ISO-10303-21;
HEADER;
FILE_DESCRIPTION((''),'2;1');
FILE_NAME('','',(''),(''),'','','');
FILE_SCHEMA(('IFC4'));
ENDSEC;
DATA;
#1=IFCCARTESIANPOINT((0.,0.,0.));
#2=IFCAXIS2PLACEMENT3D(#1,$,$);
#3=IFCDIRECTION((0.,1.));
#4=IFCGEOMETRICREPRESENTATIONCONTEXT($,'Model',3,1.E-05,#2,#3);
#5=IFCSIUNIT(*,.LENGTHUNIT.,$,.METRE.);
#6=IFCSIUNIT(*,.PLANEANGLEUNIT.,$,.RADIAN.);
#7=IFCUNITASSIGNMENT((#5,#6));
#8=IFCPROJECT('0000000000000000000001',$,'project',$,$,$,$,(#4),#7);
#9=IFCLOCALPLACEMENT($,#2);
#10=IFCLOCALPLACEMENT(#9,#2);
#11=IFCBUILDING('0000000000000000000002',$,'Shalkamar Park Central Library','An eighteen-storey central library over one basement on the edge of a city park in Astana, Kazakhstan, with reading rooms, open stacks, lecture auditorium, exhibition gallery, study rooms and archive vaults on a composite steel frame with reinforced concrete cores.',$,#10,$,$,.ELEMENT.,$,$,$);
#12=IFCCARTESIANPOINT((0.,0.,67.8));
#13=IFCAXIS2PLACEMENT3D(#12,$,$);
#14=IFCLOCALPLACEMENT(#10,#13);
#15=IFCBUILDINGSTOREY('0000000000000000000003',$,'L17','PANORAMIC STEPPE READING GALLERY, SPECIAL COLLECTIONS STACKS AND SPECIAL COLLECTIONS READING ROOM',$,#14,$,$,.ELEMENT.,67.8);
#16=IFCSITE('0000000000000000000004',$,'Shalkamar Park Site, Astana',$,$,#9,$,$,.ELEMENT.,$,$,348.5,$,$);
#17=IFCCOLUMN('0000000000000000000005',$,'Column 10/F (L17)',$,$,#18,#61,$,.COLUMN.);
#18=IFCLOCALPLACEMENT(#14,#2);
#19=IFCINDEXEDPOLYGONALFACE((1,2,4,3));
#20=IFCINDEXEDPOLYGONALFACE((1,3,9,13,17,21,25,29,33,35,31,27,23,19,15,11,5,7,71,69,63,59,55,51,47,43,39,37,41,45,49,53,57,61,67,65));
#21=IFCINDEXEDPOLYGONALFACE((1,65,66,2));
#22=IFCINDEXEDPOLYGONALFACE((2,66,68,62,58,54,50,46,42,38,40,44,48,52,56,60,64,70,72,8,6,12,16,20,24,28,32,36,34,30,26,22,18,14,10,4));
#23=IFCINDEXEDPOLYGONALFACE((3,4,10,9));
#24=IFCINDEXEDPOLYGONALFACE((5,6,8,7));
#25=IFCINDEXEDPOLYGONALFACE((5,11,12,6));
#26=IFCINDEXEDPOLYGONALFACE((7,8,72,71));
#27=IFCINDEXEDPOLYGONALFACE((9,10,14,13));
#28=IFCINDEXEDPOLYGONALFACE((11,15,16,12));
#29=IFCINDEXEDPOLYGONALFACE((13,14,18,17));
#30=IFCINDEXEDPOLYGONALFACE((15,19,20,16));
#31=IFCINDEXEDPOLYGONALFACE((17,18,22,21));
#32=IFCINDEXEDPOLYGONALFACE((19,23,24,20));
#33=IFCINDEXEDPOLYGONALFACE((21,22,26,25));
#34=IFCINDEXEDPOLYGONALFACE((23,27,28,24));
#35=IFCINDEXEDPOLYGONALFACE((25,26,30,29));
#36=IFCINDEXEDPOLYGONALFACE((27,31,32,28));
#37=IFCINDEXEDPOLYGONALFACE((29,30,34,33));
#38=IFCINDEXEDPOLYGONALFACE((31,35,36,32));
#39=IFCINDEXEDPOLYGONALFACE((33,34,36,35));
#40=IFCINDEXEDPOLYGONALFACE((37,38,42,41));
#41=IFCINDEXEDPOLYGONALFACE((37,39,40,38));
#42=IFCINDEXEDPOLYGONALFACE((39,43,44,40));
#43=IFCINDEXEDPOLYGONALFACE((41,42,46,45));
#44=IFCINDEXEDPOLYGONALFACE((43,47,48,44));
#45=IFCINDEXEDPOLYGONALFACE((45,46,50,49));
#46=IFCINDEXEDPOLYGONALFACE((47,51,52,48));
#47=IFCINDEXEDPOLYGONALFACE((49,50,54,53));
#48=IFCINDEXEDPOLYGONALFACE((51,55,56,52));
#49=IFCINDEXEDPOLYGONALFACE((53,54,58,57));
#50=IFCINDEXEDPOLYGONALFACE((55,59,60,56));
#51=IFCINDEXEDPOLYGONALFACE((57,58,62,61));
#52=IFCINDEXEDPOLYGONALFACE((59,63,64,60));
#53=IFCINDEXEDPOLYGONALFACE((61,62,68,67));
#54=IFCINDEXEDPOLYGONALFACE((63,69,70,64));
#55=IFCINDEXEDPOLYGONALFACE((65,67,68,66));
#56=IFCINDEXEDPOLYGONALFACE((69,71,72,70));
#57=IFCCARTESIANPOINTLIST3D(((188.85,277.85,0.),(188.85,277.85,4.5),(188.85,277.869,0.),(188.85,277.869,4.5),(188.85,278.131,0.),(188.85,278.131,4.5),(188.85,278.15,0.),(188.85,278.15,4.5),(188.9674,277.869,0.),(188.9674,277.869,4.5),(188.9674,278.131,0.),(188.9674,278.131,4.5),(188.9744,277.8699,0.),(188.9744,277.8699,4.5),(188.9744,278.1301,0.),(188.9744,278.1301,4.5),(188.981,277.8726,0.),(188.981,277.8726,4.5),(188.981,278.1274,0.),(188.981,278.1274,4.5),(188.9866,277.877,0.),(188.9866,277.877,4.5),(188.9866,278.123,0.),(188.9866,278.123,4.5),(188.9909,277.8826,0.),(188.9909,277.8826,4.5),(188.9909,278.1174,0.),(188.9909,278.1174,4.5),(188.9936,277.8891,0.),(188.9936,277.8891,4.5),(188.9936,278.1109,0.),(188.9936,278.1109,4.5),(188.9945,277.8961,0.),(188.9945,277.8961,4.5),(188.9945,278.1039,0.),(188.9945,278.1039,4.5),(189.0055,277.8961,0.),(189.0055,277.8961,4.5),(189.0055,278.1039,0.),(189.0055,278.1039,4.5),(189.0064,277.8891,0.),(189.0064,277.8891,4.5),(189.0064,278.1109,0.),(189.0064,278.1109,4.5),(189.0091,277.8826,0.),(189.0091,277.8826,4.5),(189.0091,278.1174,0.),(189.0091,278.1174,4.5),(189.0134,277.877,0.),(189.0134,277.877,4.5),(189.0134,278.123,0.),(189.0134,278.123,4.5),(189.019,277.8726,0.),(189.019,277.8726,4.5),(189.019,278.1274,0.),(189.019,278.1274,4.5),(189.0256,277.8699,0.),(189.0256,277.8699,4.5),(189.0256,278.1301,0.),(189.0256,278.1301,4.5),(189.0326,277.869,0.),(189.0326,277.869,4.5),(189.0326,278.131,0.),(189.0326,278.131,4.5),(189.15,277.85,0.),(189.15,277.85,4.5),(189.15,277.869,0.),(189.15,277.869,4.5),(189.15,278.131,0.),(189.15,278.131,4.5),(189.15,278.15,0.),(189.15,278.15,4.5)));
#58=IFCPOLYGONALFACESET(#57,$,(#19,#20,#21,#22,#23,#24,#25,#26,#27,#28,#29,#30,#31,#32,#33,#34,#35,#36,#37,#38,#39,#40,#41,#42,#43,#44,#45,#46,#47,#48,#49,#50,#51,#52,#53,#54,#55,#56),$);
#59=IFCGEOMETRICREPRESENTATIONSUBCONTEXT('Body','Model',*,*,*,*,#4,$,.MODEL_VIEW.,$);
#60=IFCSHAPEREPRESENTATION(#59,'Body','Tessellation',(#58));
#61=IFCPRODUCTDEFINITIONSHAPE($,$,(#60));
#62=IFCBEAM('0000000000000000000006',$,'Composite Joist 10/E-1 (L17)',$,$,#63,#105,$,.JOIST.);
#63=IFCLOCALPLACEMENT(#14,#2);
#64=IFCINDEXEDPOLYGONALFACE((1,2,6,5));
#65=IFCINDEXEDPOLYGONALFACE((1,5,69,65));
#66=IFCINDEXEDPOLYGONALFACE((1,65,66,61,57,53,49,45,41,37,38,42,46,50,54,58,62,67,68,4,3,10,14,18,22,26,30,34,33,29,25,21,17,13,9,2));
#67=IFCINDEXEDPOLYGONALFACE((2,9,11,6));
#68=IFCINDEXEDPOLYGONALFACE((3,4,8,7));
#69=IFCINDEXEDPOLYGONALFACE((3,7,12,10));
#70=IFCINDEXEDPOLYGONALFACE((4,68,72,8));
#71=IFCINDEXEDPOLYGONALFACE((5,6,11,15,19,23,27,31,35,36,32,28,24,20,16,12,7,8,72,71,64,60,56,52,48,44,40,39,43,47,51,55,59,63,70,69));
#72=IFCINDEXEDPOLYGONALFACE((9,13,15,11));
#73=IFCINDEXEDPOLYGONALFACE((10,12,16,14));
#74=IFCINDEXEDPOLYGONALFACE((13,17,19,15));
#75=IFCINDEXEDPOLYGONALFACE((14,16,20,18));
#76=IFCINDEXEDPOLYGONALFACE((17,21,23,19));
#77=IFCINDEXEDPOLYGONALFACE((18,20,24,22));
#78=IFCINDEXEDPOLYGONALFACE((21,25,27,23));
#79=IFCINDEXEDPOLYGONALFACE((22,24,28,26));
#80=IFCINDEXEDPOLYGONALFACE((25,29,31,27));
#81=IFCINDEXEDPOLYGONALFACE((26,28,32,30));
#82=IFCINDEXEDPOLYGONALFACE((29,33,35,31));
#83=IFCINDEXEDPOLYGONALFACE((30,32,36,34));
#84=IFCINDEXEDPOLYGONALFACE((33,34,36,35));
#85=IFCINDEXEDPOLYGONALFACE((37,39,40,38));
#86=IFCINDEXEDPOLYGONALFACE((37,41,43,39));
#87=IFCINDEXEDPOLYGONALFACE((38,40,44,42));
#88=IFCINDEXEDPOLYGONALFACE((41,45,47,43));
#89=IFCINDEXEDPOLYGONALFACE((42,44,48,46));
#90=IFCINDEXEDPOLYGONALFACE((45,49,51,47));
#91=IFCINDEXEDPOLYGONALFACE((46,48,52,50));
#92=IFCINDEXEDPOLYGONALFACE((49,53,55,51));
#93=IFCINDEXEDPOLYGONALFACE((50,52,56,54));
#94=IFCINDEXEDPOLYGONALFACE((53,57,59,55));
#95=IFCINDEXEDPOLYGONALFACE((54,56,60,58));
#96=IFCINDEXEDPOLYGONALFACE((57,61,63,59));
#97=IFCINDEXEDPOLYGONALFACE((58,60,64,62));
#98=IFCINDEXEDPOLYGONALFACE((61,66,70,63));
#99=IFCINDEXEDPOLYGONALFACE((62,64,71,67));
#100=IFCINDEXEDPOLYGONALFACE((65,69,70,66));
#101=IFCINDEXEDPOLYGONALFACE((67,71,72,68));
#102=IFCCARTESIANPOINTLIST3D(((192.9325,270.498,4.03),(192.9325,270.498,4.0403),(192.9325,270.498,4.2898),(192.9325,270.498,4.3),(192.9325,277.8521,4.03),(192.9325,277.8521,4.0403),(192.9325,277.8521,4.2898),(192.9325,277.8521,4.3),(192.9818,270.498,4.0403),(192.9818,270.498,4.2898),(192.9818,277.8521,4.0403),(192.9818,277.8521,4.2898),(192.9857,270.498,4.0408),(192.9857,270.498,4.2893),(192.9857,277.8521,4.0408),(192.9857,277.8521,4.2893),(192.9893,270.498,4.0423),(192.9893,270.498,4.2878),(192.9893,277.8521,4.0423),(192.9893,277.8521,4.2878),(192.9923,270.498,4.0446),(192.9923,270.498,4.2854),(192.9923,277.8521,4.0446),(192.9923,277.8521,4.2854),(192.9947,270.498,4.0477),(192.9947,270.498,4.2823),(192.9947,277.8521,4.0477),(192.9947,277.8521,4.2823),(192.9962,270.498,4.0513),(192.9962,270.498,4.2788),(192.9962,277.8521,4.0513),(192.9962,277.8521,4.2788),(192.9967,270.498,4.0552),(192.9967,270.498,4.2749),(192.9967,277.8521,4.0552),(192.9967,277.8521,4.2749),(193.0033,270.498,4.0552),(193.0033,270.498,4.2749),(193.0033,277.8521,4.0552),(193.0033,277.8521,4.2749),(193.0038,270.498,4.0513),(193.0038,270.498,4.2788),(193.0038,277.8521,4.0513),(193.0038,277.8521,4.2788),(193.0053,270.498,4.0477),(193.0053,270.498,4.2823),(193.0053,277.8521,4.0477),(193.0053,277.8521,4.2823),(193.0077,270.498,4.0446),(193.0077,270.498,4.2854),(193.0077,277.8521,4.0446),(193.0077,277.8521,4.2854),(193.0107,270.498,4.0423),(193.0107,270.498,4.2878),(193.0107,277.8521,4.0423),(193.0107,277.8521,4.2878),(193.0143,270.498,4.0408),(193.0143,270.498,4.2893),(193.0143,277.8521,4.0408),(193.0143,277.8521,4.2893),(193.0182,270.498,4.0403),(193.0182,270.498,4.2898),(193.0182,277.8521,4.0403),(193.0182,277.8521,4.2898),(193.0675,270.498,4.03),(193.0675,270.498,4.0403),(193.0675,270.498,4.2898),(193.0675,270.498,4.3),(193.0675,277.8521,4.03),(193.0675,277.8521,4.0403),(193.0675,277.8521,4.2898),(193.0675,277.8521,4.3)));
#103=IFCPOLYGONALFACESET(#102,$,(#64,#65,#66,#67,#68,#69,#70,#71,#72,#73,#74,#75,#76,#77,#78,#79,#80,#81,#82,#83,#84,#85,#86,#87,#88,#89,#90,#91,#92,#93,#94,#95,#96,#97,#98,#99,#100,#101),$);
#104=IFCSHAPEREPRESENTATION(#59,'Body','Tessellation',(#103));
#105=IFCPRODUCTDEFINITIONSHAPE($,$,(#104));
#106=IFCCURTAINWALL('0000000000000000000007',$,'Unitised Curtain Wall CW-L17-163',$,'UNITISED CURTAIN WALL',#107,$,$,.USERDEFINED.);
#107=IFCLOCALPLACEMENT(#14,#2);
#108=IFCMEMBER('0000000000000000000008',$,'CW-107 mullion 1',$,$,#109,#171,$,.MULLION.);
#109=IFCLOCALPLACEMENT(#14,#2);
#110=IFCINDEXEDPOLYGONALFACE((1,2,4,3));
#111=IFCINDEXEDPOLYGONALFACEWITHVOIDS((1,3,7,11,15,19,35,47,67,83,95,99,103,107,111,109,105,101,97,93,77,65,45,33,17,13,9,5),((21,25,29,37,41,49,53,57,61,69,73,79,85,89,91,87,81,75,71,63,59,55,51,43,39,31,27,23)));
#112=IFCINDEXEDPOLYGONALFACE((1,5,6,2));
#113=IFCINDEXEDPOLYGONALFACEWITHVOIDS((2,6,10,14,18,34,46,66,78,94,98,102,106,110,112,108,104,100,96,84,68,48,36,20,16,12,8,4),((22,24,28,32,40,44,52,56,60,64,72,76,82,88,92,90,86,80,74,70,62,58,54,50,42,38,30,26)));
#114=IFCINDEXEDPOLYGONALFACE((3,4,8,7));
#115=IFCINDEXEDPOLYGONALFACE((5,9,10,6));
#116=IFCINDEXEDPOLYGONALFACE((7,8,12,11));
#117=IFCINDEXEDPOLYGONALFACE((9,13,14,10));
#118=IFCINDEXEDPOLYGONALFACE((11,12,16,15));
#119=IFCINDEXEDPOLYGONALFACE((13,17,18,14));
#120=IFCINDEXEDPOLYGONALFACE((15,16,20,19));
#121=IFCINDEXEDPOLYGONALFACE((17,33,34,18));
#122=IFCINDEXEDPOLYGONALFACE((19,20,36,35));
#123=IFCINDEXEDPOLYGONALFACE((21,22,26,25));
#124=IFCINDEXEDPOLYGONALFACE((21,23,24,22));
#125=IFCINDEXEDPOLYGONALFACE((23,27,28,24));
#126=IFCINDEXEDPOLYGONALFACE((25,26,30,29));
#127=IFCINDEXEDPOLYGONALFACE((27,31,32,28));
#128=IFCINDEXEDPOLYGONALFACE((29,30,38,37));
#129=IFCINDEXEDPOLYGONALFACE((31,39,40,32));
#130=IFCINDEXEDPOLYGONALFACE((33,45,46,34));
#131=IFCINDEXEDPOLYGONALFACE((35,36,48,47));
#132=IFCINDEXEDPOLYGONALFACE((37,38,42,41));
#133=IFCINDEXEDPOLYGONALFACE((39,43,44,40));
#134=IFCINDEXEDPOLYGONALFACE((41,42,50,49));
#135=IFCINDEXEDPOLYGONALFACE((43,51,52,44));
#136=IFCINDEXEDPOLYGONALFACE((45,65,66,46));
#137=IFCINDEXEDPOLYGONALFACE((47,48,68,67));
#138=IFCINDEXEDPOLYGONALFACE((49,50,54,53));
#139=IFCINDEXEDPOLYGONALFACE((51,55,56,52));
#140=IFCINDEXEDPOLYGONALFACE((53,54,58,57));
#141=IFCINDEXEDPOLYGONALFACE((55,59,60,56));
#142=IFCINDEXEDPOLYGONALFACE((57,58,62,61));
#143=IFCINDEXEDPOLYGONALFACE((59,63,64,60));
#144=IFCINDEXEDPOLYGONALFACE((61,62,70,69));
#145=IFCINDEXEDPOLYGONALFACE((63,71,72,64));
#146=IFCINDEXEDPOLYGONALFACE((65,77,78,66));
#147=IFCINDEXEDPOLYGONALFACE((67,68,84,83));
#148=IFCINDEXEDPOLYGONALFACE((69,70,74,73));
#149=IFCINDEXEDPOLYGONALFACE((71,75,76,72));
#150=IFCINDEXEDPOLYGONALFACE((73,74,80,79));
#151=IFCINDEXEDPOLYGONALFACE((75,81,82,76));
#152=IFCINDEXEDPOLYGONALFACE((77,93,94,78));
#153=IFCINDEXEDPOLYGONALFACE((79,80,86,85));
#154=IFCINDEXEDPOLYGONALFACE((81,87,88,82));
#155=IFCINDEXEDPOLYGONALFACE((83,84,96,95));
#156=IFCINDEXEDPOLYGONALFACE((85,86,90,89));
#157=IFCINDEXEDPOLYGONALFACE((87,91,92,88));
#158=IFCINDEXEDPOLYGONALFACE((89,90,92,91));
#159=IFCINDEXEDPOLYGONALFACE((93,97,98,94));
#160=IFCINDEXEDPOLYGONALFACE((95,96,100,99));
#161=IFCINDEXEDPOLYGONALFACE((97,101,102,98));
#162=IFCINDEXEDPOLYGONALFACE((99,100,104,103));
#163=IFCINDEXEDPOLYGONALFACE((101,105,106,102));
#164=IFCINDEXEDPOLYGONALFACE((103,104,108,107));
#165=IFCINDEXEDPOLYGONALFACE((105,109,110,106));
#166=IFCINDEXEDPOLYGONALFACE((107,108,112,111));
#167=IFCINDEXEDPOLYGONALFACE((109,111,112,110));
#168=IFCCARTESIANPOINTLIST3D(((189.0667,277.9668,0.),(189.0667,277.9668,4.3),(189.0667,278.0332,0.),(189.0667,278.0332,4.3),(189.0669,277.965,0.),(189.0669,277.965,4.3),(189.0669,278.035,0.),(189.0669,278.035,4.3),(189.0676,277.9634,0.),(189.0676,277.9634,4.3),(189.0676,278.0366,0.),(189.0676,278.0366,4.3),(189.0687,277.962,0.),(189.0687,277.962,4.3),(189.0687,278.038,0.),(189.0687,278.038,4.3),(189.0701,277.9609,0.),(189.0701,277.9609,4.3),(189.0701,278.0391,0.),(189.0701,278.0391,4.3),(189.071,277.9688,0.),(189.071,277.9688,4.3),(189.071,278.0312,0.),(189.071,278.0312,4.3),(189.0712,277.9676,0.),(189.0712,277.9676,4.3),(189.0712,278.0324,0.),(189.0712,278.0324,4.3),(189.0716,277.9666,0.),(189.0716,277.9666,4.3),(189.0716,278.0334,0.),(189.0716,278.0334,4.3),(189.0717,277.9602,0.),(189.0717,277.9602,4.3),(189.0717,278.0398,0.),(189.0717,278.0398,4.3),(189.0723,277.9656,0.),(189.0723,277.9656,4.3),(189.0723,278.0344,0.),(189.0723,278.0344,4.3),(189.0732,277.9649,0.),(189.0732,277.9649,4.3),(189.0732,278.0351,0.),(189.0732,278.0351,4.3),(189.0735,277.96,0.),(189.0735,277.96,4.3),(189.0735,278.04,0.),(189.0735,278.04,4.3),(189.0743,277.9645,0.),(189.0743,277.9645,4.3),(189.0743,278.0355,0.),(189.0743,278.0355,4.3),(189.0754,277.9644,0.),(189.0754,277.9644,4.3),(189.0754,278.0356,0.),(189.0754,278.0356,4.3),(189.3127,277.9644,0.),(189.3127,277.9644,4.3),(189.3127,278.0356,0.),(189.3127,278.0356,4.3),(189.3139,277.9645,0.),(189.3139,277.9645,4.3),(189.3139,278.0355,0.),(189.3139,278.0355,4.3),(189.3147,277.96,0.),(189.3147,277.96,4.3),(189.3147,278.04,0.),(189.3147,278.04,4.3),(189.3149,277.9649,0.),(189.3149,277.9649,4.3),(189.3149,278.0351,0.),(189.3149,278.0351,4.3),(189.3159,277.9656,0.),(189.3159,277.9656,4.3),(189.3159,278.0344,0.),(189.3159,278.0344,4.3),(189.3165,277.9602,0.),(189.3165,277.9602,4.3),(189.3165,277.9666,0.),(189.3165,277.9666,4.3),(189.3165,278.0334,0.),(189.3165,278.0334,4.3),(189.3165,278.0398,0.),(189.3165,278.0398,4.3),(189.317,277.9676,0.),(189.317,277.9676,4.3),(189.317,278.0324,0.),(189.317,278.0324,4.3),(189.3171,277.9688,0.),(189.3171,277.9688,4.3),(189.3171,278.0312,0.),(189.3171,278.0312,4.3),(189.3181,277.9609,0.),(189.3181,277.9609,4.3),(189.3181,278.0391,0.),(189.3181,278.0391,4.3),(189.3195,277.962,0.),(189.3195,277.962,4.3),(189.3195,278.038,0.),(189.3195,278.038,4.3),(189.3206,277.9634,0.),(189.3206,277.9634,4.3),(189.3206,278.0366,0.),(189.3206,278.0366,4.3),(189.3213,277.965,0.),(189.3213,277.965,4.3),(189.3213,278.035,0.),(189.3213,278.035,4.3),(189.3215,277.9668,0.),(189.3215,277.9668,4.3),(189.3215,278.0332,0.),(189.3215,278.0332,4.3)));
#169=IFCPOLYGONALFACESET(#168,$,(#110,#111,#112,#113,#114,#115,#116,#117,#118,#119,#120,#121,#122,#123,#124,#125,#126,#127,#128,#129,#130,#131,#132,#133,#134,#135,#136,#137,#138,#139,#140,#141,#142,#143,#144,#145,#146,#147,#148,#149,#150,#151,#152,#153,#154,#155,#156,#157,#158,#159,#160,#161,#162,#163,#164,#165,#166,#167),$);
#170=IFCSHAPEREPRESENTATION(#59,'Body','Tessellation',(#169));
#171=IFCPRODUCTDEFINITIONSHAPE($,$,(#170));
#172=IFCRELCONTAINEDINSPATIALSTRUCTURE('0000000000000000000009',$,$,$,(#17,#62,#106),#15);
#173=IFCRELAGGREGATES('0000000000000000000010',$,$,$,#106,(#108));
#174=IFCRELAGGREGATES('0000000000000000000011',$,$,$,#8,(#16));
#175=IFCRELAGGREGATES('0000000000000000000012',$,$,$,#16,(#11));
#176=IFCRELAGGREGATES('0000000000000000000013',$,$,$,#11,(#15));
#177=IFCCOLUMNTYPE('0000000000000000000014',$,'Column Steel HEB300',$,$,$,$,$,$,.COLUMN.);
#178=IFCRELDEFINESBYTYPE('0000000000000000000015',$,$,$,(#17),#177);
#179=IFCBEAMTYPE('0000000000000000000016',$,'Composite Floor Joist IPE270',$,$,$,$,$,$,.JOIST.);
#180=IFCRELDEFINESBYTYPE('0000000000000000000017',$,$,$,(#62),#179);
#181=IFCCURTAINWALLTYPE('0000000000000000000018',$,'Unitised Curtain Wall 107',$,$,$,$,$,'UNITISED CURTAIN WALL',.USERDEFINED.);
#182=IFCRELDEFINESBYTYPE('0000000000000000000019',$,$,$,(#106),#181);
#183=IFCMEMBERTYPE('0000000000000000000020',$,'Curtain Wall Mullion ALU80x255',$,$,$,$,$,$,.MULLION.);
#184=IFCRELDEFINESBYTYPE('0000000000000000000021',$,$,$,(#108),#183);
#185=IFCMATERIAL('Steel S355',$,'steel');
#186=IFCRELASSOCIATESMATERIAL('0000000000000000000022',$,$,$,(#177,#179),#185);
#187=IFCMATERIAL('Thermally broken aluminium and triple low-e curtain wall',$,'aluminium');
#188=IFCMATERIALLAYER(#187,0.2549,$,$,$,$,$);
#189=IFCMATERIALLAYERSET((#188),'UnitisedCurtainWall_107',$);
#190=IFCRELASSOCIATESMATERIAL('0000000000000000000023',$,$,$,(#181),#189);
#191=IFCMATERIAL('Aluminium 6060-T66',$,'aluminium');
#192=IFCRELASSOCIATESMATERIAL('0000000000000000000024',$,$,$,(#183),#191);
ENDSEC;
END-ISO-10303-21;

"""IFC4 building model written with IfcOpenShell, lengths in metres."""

from ifc_helpers import new_model, si_unit, direction, frame, origin, origin_2d, place, context, subcontext, project, spatial, hollow_rectangle, i_section, extrude, material, layer, layer_set, material_profile, profile_set, type_object, element, aggregate, save


model = new_model("IFC4")

# Units and contexts
model_context = context("Model", 3, precision=1e-05, world=origin(), true_north=direction((0.0, 1.0)))
body_context = subcontext(model_context, "Body", "Model", "MODEL_VIEW")
ifc_project = project(units=[si_unit("LENGTHUNIT", "METRE"), si_unit("PLANEANGLEUNIT", "RADIAN")], contexts=[model_context])

# Site, building, storey
site_placement = place(None, origin())
site = spatial("IfcSite", under=ifc_project, at=site_placement, Name="Shalkamar Park Site, Astana", CompositionType="ELEMENT", RefElevation=348.5)
building_placement = place(site_placement, origin())
building = spatial("IfcBuilding", under=site, at=building_placement, Name="Shalkamar Park Central Library", Description="An eighteen-storey central library over one basement on the edge of a city park in Astana, Kazakhstan, with reading rooms, open stacks, lecture auditorium, exhibition gallery, study rooms and archive vaults on a composite steel frame with reinforced concrete cores.", CompositionType="ELEMENT")
storey_placement = place(building_placement, frame((0.0, 0.0, 67.8)))
storey = spatial("IfcBuildingStorey", under=building, at=storey_placement, Name="L17", Description="PANORAMIC STEPPE READING GALLERY, SPECIAL COLLECTIONS STACKS AND SPECIAL COLLECTIONS READING ROOM", CompositionType="ELEMENT", Elevation=67.8)

# Column
ifc_material_1 = material(Name="Steel S355", Category="steel")
ifc_material_profile_1 = material_profile(ifc_material_1, i_section(OverallWidth=0.3, OverallDepth=0.3, WebThickness=0.011, FlangeThickness=0.019, FilletRadius=0.0271, at=origin_2d()), Name="HEB 300")
ifc_profile_set_1 = profile_set([ifc_material_profile_1], Name="Steel S355")
column_type = type_object("IfcColumnType", Name="Column Steel HEB300", PredefinedType="COLUMN", material=ifc_profile_set_1)
column_placement = place(storey_placement, frame((189.0, 278.0, 0.0), z_axis=(0.0, 0.0, 1.0), x_axis=(1.0, 0.0, 0.0)))
element("IfcColumn", 1, at=column_placement, inside=storey, type_object=column_type, Name="Column 10/F (L17)", PredefinedType="COLUMN", context=body_context, shape_type="SweptSolid", body=[
    extrude(i_section(OverallWidth=0.3, OverallDepth=0.3, WebThickness=0.011, FlangeThickness=0.019, FilletRadius=0.0271, at=origin_2d()), origin(), (0.0, 0.0, 1.0), 4.5),
])

# Beam
ifc_material_profile_2 = material_profile(ifc_material_1, i_section(OverallWidth=0.135, OverallDepth=0.27, WebThickness=0.0066, FlangeThickness=0.0103, FilletRadius=0.0149, at=origin_2d()), Name="IPE 270")
ifc_profile_set_2 = profile_set([ifc_material_profile_2], Name="Steel S355")
beam_type_1 = type_object("IfcBeamType", Name="Composite Floor Joist IPE270", PredefinedType="JOIST", material=ifc_profile_set_2)
beam_1_placement = place(storey_placement, frame((193.0, 270.498, 4.165), z_axis=(0.0, 1.0, 0.0), x_axis=(-1.0, 0.0, 0.0)))
element("IfcBeam", 2, at=beam_1_placement, inside=storey, type_object=beam_type_1, Name="Composite Joist 10/E-1 (L17)", PredefinedType="JOIST", context=body_context, shape_type="SweptSolid", body=[
    extrude(i_section(OverallWidth=0.135, OverallDepth=0.27, WebThickness=0.0066, FlangeThickness=0.0103, FilletRadius=0.0149, at=origin_2d()), origin(), (0.0, 0.0, 1.0), 7.354),
])

# Curtain wall, member
ifc_material_2 = material(Name="Thermally broken aluminium and triple low-e curtain wall", Category="aluminium")
ifc_layer_1 = layer(ifc_material_2, 0.2549)
ifc_layer_set_1 = layer_set([ifc_layer_1], Name="UnitisedCurtainWall_107")
curtain_wall_type = type_object("IfcCurtainWallType", Name="Unitised Curtain Wall 107", ElementType="UNITISED CURTAIN WALL", PredefinedType="USERDEFINED", material=ifc_layer_set_1)
curtain_wall_placement = place(storey_placement, origin())
curtain_wall = element("IfcCurtainWall", 3, at=curtain_wall_placement, inside=storey, type_object=curtain_wall_type, Name="Unitised Curtain Wall CW-L17-163", ObjectType="UNITISED CURTAIN WALL", PredefinedType="USERDEFINED")
ifc_material_3 = material(Name="Aluminium 6060-T66", Category="aluminium")
ifc_material_profile_3 = material_profile(ifc_material_3, hollow_rectangle(XDim=0.0801, YDim=0.2549, WallThickness=0.0044, InnerFilletRadius=0.0044, OuterFilletRadius=0.0068, at=origin_2d()), Name="ALU 80x255x4.5")
ifc_profile_set_3 = profile_set([ifc_material_profile_3], Name="Aluminium 6060-T66")
member_type_1 = type_object("IfcMemberType", Name="Curtain Wall Mullion ALU80x255", PredefinedType="MULLION", material=ifc_profile_set_3)
member_1_placement = place(storey_placement, frame((189.1941, 278.0, 0.0), z_axis=(0.0, 0.0, 1.0), x_axis=(0.0, 1.0, 0.0)))
member_1 = element("IfcMember", 4, at=member_1_placement, type_object=member_type_1, Name="CW-107 mullion 1", PredefinedType="MULLION", context=body_context, shape_type="SweptSolid", body=[
    extrude(hollow_rectangle(XDim=0.0801, YDim=0.2549, WallThickness=0.0044, InnerFilletRadius=0.0044, OuterFilletRadius=0.0068, at=origin_2d()), origin(), (0.0, 0.0, 1.0), 4.3),
])

aggregate(curtain_wall, [member_1])

save(model, "model.ifc")
